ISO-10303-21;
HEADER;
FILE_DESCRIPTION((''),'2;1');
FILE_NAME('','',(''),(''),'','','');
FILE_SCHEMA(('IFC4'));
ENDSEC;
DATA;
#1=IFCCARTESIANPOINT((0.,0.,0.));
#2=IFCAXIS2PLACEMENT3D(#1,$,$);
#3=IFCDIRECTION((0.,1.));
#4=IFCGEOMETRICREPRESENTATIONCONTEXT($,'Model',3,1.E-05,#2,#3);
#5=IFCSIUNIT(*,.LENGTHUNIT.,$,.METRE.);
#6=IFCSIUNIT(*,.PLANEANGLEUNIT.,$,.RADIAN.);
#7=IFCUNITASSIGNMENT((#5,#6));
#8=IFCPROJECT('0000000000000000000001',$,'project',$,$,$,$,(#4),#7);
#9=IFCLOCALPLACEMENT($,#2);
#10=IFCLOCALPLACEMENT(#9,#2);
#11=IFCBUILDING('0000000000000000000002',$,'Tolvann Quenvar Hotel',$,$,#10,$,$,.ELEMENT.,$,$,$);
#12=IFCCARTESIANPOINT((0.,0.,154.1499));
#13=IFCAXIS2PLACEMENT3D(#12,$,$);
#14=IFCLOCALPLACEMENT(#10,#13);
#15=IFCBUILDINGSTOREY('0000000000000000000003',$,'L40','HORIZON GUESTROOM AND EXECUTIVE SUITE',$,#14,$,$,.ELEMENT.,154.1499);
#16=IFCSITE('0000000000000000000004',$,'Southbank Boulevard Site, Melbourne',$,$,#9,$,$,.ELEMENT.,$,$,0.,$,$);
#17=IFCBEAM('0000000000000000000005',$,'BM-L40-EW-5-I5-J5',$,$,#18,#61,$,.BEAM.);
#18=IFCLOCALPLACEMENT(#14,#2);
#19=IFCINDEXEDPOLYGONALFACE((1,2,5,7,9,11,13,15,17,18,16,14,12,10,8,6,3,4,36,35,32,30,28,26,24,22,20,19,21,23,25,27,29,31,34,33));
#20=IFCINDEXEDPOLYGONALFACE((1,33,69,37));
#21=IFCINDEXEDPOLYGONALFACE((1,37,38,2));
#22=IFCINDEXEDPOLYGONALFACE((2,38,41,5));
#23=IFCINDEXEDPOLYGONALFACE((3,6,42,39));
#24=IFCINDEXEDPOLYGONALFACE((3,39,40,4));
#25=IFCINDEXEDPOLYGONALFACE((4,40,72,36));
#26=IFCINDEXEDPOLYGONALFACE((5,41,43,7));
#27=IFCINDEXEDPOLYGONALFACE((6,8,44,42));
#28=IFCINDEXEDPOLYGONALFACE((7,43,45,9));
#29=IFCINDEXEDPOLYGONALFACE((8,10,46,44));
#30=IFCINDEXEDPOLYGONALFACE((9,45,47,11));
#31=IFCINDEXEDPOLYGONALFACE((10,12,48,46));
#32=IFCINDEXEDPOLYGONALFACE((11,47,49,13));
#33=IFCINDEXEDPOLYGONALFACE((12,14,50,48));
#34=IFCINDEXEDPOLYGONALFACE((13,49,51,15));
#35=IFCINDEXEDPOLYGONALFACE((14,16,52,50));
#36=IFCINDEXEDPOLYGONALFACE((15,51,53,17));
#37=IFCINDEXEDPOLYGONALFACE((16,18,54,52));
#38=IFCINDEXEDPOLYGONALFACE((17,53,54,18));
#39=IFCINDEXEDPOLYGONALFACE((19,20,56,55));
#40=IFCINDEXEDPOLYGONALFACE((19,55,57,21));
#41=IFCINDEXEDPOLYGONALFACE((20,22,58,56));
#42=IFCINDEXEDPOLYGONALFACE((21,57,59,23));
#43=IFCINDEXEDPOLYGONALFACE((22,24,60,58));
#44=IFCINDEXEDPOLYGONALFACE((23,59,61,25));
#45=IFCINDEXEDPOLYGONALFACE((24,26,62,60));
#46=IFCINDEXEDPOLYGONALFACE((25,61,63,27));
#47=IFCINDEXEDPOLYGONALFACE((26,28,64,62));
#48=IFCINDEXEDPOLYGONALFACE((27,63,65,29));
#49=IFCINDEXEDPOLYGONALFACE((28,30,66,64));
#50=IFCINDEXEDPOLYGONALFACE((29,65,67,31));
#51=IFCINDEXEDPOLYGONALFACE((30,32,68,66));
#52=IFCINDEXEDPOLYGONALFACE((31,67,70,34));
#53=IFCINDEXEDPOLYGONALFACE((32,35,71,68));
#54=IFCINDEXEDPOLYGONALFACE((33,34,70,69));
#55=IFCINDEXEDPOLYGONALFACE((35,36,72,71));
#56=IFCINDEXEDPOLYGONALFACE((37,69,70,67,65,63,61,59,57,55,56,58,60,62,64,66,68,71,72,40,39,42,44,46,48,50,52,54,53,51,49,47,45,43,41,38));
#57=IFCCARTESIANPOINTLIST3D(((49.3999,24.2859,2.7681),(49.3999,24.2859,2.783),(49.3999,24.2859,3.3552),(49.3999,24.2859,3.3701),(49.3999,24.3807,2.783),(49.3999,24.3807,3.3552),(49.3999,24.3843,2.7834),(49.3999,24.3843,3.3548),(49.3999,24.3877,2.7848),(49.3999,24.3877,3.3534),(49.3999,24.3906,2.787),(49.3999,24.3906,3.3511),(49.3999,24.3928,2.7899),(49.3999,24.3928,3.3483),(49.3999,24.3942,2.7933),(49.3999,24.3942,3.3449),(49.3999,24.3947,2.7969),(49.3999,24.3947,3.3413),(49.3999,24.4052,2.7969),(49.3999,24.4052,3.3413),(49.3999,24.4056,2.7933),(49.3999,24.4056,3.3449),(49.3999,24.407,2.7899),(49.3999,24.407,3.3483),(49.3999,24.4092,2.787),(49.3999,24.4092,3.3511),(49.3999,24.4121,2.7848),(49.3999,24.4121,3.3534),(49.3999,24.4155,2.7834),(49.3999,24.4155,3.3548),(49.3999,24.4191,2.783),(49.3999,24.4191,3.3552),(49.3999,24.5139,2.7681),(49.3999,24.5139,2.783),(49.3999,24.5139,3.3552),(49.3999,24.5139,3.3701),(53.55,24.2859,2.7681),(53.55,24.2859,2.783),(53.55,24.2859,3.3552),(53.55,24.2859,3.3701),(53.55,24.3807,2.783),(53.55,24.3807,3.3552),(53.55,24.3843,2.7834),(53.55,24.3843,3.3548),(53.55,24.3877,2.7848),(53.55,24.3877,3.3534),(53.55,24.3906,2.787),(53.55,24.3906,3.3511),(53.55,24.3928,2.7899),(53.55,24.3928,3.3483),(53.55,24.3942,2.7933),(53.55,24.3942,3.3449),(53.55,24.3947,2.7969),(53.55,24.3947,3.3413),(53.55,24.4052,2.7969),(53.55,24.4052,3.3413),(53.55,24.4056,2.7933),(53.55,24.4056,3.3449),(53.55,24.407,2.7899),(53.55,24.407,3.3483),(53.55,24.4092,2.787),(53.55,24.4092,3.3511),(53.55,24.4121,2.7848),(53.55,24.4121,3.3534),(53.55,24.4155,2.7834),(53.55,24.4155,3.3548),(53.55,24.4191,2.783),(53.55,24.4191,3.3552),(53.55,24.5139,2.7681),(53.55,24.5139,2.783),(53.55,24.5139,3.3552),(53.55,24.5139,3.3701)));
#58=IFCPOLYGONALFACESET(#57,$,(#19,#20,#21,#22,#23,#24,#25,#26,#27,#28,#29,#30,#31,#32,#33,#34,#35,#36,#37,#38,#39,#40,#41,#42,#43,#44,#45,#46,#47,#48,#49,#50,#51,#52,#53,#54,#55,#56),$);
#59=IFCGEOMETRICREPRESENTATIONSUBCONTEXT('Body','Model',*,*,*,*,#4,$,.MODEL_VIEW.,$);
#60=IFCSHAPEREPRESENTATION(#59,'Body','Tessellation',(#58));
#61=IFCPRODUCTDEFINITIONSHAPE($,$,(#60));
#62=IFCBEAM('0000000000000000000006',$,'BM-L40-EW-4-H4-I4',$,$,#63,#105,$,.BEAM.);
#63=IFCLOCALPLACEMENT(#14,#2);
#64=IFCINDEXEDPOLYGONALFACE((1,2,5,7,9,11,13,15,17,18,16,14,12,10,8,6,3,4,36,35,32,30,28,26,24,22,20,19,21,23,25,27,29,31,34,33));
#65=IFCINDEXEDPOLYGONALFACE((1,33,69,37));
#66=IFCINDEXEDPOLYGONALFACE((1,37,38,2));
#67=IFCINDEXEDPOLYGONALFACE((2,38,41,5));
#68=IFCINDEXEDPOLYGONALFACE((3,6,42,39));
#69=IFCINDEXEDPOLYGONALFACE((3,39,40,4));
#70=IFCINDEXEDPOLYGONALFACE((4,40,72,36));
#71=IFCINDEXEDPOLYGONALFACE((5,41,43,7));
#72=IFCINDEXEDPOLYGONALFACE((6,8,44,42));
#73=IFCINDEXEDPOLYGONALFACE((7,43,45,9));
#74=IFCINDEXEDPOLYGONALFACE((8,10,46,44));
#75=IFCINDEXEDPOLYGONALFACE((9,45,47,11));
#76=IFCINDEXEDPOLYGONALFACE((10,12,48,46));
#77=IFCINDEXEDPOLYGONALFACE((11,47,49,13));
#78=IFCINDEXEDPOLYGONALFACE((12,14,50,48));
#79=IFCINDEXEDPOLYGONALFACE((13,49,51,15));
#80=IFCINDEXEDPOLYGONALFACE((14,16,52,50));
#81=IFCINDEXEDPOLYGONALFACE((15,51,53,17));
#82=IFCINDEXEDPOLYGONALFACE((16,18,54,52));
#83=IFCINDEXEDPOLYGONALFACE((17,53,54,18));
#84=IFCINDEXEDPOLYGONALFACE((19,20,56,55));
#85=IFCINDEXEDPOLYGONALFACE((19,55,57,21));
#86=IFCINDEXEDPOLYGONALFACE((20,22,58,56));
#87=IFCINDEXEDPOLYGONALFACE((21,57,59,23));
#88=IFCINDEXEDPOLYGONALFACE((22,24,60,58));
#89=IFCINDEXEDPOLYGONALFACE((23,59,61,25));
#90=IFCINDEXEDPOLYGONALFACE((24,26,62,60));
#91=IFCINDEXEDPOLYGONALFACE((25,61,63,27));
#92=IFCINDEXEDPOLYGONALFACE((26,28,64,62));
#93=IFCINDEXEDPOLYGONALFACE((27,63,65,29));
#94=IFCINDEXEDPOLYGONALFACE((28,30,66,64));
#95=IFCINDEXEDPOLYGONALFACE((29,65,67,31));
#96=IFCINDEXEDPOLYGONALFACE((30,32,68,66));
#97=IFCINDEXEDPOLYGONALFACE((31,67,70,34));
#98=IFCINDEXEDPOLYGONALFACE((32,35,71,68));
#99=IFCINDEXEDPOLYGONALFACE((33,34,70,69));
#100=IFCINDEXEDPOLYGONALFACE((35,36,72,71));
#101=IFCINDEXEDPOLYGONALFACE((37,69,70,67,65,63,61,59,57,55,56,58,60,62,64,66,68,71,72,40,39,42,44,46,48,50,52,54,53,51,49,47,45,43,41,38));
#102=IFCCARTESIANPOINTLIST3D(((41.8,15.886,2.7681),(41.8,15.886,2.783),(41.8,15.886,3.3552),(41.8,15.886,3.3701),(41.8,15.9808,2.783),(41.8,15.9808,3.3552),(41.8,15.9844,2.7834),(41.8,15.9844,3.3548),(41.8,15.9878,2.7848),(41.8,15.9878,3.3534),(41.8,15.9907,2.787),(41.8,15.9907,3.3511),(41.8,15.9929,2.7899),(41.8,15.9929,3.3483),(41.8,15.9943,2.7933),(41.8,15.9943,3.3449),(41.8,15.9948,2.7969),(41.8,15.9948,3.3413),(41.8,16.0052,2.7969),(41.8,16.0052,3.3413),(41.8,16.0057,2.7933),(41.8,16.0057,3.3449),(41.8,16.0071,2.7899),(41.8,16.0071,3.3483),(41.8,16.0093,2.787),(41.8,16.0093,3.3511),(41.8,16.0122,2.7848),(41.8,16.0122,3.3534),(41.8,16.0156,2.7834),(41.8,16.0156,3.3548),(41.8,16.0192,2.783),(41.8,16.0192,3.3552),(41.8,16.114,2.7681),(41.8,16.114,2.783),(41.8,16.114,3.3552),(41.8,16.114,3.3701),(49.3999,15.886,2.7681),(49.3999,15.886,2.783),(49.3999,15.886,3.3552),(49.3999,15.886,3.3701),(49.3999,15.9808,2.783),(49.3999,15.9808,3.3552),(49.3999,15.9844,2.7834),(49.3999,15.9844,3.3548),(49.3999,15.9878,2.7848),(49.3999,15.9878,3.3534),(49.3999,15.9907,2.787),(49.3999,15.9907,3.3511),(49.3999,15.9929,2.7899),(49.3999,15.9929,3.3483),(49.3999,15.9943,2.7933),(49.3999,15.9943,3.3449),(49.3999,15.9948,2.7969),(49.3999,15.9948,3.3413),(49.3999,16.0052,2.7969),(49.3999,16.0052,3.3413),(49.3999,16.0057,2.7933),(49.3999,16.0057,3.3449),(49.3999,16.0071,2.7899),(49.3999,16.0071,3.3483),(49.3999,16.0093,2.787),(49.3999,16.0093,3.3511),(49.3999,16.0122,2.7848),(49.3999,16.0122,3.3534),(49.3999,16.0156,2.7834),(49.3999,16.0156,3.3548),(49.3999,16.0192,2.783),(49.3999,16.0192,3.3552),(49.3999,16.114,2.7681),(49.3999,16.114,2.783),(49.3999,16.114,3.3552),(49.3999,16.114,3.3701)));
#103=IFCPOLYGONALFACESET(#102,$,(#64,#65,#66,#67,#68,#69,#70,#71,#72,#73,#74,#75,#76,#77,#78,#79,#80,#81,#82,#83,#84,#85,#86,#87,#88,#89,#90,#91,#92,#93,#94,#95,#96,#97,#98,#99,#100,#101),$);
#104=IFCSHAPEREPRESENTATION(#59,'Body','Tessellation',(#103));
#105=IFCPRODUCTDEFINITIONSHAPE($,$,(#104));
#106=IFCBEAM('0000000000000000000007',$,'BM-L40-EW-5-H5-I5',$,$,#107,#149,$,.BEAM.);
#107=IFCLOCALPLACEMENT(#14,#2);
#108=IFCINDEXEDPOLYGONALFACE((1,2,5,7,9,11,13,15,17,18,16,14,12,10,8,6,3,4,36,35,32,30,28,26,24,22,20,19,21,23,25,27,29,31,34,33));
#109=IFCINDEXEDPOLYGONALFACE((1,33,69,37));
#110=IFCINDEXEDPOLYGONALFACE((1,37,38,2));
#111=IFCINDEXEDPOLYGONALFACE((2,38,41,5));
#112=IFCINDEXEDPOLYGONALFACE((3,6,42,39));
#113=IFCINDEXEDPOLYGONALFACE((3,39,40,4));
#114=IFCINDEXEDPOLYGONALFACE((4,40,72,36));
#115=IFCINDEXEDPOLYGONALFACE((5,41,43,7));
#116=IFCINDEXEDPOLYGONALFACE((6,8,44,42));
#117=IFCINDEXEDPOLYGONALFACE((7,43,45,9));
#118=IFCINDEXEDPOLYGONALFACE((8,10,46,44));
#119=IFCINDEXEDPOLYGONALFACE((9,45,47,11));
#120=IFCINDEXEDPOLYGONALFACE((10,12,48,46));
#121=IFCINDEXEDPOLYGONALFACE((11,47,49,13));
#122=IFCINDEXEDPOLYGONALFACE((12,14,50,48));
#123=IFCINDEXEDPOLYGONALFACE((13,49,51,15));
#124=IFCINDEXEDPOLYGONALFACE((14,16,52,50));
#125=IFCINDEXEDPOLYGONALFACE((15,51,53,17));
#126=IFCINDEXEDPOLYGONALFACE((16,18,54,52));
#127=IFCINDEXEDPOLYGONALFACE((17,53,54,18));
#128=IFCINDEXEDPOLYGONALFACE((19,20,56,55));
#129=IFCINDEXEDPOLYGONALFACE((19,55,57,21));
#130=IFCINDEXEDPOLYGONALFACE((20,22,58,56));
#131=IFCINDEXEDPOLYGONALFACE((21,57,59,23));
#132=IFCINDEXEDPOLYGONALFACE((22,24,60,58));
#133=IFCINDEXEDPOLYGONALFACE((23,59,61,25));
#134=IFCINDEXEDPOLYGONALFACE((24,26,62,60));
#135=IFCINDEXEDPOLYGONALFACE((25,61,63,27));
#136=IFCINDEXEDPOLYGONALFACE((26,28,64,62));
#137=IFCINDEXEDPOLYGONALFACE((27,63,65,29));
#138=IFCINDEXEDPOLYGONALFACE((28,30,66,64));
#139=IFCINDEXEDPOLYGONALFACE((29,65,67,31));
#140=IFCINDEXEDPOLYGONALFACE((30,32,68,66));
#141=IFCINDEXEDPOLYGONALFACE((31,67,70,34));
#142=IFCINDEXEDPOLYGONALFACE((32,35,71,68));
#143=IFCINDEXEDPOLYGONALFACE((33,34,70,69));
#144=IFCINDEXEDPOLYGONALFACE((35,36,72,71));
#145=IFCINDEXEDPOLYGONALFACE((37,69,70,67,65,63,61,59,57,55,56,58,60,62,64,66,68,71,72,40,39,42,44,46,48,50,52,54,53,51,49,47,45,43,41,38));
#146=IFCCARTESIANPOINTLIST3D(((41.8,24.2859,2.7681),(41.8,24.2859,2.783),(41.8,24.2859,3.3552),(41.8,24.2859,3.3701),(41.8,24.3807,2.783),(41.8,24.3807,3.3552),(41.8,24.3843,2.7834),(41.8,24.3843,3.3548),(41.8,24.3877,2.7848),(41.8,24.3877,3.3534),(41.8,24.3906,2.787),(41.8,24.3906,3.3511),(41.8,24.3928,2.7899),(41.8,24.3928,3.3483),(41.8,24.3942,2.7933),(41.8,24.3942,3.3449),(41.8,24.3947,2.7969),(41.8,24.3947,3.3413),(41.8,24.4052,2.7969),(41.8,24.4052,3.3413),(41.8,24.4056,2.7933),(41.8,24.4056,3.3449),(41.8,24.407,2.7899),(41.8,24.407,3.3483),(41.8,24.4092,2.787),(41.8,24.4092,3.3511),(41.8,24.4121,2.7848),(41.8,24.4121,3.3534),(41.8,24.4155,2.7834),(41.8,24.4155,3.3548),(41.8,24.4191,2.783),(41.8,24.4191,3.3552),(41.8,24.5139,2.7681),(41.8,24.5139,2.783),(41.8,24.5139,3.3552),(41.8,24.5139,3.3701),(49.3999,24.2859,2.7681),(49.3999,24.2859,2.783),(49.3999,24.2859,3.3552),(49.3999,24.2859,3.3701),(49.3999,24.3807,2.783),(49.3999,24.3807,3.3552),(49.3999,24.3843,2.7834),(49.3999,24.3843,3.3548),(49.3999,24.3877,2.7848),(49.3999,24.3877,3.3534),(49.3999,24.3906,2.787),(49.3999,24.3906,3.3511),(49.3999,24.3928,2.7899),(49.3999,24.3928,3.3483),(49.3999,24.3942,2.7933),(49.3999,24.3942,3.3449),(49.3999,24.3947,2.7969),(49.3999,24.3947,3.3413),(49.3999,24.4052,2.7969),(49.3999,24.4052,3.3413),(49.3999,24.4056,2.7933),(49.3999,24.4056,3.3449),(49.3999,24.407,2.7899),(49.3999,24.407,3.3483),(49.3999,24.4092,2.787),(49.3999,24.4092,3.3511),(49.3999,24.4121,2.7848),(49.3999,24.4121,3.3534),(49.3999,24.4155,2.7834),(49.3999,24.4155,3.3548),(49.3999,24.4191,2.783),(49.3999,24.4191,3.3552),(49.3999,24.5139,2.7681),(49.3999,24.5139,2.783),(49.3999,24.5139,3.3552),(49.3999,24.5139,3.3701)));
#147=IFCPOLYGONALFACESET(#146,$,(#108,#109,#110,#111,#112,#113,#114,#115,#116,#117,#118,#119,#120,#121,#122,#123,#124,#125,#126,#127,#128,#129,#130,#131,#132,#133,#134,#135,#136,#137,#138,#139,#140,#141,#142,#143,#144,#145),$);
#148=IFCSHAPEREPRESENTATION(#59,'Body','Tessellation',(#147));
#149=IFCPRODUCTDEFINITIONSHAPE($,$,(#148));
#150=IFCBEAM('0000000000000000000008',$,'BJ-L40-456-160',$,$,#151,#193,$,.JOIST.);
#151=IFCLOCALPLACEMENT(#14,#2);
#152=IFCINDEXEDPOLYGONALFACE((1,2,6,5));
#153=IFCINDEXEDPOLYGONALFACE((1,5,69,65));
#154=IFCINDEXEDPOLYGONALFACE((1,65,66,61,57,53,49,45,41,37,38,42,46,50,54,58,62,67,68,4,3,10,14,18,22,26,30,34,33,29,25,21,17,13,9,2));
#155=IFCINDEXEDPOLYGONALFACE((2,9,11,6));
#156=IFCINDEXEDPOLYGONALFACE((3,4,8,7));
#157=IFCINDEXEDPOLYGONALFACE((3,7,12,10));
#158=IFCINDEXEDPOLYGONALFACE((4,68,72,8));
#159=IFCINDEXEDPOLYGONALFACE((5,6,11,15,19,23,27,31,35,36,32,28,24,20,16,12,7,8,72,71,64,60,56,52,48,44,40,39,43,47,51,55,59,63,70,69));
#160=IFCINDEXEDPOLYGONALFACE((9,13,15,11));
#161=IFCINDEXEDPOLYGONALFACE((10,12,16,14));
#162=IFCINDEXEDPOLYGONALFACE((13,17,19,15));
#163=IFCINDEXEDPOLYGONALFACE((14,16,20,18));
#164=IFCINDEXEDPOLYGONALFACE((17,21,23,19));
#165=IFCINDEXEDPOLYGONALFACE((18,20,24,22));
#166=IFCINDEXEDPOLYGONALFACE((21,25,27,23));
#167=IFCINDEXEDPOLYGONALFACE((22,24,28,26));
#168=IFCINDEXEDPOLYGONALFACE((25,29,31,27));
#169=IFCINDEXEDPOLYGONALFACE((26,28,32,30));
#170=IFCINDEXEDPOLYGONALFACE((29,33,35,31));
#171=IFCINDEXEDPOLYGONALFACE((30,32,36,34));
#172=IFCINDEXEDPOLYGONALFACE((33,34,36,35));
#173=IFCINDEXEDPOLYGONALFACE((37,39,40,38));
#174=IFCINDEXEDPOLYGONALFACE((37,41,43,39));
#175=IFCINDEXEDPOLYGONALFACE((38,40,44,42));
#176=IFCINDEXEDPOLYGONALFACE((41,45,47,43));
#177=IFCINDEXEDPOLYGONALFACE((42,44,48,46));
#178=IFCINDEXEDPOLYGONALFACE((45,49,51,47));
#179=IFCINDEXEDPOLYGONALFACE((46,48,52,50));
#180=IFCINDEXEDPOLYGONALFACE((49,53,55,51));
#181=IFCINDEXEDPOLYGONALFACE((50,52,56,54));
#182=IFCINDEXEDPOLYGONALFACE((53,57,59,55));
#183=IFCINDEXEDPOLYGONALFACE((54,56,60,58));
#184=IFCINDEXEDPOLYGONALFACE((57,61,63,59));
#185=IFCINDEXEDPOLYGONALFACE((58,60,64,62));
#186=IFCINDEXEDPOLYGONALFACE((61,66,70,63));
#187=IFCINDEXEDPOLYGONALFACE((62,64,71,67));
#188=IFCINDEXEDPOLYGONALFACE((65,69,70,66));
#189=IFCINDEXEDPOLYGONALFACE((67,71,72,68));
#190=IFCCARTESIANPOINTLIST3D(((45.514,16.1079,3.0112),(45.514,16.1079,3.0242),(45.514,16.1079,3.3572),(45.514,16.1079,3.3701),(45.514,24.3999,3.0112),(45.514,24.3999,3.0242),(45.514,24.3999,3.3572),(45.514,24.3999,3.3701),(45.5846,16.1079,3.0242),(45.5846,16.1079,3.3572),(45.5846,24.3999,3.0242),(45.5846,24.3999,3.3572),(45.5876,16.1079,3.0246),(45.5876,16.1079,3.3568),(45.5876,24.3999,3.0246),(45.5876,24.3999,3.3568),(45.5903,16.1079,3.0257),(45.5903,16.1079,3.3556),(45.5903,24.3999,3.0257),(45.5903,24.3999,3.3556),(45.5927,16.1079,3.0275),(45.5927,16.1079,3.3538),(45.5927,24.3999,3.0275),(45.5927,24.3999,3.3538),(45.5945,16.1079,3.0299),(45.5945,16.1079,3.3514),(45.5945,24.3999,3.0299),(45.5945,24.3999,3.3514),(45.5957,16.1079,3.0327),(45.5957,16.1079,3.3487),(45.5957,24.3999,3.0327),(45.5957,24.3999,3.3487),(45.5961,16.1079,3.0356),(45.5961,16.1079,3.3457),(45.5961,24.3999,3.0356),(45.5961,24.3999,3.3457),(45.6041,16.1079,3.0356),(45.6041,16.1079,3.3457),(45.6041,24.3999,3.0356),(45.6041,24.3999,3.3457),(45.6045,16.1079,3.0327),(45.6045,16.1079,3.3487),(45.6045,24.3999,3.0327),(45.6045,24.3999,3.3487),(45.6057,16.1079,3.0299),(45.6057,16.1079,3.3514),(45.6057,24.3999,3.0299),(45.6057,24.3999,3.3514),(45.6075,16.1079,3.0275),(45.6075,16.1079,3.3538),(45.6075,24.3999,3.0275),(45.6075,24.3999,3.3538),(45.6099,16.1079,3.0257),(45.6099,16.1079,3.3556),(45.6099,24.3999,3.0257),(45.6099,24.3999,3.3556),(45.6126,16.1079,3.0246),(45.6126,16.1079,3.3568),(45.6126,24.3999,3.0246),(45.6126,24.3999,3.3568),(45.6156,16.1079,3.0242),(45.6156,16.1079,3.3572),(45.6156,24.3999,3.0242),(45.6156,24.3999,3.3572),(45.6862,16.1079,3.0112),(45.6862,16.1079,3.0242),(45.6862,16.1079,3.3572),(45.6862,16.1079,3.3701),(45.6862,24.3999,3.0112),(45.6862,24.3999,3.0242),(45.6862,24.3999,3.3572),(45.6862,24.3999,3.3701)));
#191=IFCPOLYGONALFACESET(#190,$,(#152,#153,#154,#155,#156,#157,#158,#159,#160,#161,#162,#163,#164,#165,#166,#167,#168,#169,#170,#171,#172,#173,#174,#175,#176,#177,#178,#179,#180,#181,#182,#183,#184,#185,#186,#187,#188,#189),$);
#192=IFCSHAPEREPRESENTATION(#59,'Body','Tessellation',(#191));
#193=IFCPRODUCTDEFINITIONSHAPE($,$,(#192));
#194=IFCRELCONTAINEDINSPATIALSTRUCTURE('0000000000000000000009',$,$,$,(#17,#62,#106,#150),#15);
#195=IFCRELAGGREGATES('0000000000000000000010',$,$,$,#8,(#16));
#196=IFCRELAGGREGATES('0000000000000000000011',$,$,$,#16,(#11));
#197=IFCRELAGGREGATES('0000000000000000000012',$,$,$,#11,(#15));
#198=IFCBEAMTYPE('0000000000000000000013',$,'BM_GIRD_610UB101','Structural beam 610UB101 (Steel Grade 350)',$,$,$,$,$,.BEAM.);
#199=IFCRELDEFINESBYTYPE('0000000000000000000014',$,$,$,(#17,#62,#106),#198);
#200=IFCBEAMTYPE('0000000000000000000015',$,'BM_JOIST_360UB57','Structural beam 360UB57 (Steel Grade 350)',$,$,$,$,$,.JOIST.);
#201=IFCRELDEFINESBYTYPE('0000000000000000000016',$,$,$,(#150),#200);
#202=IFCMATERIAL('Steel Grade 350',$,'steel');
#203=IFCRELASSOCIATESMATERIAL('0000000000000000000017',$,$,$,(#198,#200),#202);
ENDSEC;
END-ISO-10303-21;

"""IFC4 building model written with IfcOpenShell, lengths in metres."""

from ifc_helpers import new_model, si_unit, direction, frame, origin, origin_2d, place, context, subcontext, project, spatial, i_section, extrude, source, transform, mapped, material, material_profile, profile_set, type_object, type_shapes, element, save


model = new_model("IFC4")

# Units and contexts
model_context = context("Model", 3, precision=1e-05, world=origin(), true_north=direction((0.0, 1.0)))
body_context = subcontext(model_context, "Body", "Model", "MODEL_VIEW")
ifc_project = project(units=[si_unit("LENGTHUNIT", "METRE"), si_unit("PLANEANGLEUNIT", "RADIAN")], contexts=[model_context])

# Site, building, storey
site_placement = place(None, origin())
site = spatial("IfcSite", under=ifc_project, at=site_placement, Name="Southbank Boulevard Site, Melbourne", CompositionType="ELEMENT", RefElevation=0.0)
building_placement = place(site_placement, origin())
building = spatial("IfcBuilding", under=site, at=building_placement, Name="Tolvann Quenvar Hotel", CompositionType="ELEMENT")
storey_placement = place(building_placement, frame((0.0, 0.0, 154.1499)))
storey = spatial("IfcBuildingStorey", under=building, at=storey_placement, Name="L40", Description="HORIZON GUESTROOM AND EXECUTIVE SUITE", CompositionType="ELEMENT", Elevation=154.1499)

# Shared definitions
ifc_material_1 = material(Name="Steel Grade 350", Category="steel")

# Beams
ifc_material_profile_1 = material_profile(ifc_material_1, i_section(OverallWidth=0.228, OverallDepth=0.6021, WebThickness=0.0105, FlangeThickness=0.0149, FilletRadius=0.0139, at=origin_2d()), Name="610UB101")
ifc_profile_set_1 = profile_set([ifc_material_profile_1], Name="Steel Grade 350")
beam_type_1 = type_object("IfcBeamType", Name="BM_GIRD_610UB101", Description="Structural beam 610UB101 (Steel Grade 350)", PredefinedType="BEAM", material=ifc_profile_set_1)
shared_shape_1 = source(origin(), body_context, "Body", "SweptSolid", [
    extrude(i_section(OverallWidth=0.228, OverallDepth=0.6021, WebThickness=0.0105, FlangeThickness=0.0149, FilletRadius=0.0139, at=origin_2d()), origin(), (0.0, 0.0, 1.0), 4.1501),
])
for number, where, z_axis, x_axis, name in (
    (1, (49.3999, 24.3999, 3.0691), (1.0, 0.0, 0.0), (0.0, 1.0, 0.0), "BM-L40-EW-5-I5-J5"),
):
    element("IfcBeam", number, at=place(storey_placement, frame(where, z_axis=z_axis, x_axis=x_axis)), inside=storey, type_object=beam_type_1, Name=name, PredefinedType="BEAM", context=body_context, shape_type="MappedRepresentation", body=[
        mapped(shared_shape_1, transform((0.0, 0.0, 0.0), x_axis=(1.0, 0.0, 0.0), y_axis=(0.0, 1.0, 0.0), z_axis=(0.0, 0.0, 1.0), scale=1.0)),
    ])
shared_shape_2 = source(origin(), body_context, "Body", "SweptSolid", [
    extrude(i_section(OverallWidth=0.228, OverallDepth=0.6021, WebThickness=0.0105, FlangeThickness=0.0149, FilletRadius=0.0139, at=origin_2d()), origin(), (0.0, 0.0, 1.0), 7.5999),
])
type_shapes(beam_type_1, [shared_shape_1, shared_shape_2])
for number, where, z_axis, x_axis, name in (
    (2, (41.8, 16.0, 3.0691), (1.0, 0.0, 0.0), (0.0, 1.0, 0.0), "BM-L40-EW-4-H4-I4"),
    (3, (41.8, 24.3999, 3.0691), (1.0, 0.0, 0.0), (0.0, 1.0, 0.0), "BM-L40-EW-5-H5-I5"),
):
    element("IfcBeam", number, at=place(storey_placement, frame(where, z_axis=z_axis, x_axis=x_axis)), inside=storey, type_object=beam_type_1, Name=name, PredefinedType="BEAM", context=body_context, shape_type="MappedRepresentation", body=[
        mapped(shared_shape_2, transform((0.0, 0.0, 0.0), x_axis=(1.0, 0.0, 0.0), y_axis=(0.0, 1.0, 0.0), z_axis=(0.0, 0.0, 1.0), scale=1.0)),
    ])
ifc_material_profile_2 = material_profile(ifc_material_1, i_section(OverallWidth=0.1721, OverallDepth=0.3589, WebThickness=0.0081, FlangeThickness=0.0129, FilletRadius=0.0115, at=origin_2d()), Name="360UB57")
ifc_profile_set_2 = profile_set([ifc_material_profile_2], Name="Steel Grade 350")
beam_type_2 = type_object("IfcBeamType", Name="BM_JOIST_360UB57", Description="Structural beam 360UB57 (Steel Grade 350)", PredefinedType="JOIST", material=ifc_profile_set_2)
shared_shape_3 = source(origin(), body_context, "Body", "SweptSolid", [
    extrude(i_section(OverallWidth=0.1721, OverallDepth=0.3589, WebThickness=0.0081, FlangeThickness=0.0129, FilletRadius=0.0115, at=origin_2d()), origin(), (0.0, 0.0, 1.0), 8.292),
])
type_shapes(beam_type_2, [shared_shape_3])
beam_1_placement = place(storey_placement, frame((45.6001, 16.1079, 3.1907), z_axis=(0.0, 1.0, 0.0), x_axis=(-1.0, 0.0, 0.0)))
element("IfcBeam", 4, at=beam_1_placement, inside=storey, type_object=beam_type_2, Name="BJ-L40-456-160", PredefinedType="JOIST", context=body_context, shape_type="MappedRepresentation", body=[
    mapped(shared_shape_3, transform((0.0, 0.0, 0.0), x_axis=(1.0, 0.0, 0.0), y_axis=(0.0, 1.0, 0.0), z_axis=(0.0, 0.0, 1.0), scale=1.0)),
])

save(model, "model.ifc")
